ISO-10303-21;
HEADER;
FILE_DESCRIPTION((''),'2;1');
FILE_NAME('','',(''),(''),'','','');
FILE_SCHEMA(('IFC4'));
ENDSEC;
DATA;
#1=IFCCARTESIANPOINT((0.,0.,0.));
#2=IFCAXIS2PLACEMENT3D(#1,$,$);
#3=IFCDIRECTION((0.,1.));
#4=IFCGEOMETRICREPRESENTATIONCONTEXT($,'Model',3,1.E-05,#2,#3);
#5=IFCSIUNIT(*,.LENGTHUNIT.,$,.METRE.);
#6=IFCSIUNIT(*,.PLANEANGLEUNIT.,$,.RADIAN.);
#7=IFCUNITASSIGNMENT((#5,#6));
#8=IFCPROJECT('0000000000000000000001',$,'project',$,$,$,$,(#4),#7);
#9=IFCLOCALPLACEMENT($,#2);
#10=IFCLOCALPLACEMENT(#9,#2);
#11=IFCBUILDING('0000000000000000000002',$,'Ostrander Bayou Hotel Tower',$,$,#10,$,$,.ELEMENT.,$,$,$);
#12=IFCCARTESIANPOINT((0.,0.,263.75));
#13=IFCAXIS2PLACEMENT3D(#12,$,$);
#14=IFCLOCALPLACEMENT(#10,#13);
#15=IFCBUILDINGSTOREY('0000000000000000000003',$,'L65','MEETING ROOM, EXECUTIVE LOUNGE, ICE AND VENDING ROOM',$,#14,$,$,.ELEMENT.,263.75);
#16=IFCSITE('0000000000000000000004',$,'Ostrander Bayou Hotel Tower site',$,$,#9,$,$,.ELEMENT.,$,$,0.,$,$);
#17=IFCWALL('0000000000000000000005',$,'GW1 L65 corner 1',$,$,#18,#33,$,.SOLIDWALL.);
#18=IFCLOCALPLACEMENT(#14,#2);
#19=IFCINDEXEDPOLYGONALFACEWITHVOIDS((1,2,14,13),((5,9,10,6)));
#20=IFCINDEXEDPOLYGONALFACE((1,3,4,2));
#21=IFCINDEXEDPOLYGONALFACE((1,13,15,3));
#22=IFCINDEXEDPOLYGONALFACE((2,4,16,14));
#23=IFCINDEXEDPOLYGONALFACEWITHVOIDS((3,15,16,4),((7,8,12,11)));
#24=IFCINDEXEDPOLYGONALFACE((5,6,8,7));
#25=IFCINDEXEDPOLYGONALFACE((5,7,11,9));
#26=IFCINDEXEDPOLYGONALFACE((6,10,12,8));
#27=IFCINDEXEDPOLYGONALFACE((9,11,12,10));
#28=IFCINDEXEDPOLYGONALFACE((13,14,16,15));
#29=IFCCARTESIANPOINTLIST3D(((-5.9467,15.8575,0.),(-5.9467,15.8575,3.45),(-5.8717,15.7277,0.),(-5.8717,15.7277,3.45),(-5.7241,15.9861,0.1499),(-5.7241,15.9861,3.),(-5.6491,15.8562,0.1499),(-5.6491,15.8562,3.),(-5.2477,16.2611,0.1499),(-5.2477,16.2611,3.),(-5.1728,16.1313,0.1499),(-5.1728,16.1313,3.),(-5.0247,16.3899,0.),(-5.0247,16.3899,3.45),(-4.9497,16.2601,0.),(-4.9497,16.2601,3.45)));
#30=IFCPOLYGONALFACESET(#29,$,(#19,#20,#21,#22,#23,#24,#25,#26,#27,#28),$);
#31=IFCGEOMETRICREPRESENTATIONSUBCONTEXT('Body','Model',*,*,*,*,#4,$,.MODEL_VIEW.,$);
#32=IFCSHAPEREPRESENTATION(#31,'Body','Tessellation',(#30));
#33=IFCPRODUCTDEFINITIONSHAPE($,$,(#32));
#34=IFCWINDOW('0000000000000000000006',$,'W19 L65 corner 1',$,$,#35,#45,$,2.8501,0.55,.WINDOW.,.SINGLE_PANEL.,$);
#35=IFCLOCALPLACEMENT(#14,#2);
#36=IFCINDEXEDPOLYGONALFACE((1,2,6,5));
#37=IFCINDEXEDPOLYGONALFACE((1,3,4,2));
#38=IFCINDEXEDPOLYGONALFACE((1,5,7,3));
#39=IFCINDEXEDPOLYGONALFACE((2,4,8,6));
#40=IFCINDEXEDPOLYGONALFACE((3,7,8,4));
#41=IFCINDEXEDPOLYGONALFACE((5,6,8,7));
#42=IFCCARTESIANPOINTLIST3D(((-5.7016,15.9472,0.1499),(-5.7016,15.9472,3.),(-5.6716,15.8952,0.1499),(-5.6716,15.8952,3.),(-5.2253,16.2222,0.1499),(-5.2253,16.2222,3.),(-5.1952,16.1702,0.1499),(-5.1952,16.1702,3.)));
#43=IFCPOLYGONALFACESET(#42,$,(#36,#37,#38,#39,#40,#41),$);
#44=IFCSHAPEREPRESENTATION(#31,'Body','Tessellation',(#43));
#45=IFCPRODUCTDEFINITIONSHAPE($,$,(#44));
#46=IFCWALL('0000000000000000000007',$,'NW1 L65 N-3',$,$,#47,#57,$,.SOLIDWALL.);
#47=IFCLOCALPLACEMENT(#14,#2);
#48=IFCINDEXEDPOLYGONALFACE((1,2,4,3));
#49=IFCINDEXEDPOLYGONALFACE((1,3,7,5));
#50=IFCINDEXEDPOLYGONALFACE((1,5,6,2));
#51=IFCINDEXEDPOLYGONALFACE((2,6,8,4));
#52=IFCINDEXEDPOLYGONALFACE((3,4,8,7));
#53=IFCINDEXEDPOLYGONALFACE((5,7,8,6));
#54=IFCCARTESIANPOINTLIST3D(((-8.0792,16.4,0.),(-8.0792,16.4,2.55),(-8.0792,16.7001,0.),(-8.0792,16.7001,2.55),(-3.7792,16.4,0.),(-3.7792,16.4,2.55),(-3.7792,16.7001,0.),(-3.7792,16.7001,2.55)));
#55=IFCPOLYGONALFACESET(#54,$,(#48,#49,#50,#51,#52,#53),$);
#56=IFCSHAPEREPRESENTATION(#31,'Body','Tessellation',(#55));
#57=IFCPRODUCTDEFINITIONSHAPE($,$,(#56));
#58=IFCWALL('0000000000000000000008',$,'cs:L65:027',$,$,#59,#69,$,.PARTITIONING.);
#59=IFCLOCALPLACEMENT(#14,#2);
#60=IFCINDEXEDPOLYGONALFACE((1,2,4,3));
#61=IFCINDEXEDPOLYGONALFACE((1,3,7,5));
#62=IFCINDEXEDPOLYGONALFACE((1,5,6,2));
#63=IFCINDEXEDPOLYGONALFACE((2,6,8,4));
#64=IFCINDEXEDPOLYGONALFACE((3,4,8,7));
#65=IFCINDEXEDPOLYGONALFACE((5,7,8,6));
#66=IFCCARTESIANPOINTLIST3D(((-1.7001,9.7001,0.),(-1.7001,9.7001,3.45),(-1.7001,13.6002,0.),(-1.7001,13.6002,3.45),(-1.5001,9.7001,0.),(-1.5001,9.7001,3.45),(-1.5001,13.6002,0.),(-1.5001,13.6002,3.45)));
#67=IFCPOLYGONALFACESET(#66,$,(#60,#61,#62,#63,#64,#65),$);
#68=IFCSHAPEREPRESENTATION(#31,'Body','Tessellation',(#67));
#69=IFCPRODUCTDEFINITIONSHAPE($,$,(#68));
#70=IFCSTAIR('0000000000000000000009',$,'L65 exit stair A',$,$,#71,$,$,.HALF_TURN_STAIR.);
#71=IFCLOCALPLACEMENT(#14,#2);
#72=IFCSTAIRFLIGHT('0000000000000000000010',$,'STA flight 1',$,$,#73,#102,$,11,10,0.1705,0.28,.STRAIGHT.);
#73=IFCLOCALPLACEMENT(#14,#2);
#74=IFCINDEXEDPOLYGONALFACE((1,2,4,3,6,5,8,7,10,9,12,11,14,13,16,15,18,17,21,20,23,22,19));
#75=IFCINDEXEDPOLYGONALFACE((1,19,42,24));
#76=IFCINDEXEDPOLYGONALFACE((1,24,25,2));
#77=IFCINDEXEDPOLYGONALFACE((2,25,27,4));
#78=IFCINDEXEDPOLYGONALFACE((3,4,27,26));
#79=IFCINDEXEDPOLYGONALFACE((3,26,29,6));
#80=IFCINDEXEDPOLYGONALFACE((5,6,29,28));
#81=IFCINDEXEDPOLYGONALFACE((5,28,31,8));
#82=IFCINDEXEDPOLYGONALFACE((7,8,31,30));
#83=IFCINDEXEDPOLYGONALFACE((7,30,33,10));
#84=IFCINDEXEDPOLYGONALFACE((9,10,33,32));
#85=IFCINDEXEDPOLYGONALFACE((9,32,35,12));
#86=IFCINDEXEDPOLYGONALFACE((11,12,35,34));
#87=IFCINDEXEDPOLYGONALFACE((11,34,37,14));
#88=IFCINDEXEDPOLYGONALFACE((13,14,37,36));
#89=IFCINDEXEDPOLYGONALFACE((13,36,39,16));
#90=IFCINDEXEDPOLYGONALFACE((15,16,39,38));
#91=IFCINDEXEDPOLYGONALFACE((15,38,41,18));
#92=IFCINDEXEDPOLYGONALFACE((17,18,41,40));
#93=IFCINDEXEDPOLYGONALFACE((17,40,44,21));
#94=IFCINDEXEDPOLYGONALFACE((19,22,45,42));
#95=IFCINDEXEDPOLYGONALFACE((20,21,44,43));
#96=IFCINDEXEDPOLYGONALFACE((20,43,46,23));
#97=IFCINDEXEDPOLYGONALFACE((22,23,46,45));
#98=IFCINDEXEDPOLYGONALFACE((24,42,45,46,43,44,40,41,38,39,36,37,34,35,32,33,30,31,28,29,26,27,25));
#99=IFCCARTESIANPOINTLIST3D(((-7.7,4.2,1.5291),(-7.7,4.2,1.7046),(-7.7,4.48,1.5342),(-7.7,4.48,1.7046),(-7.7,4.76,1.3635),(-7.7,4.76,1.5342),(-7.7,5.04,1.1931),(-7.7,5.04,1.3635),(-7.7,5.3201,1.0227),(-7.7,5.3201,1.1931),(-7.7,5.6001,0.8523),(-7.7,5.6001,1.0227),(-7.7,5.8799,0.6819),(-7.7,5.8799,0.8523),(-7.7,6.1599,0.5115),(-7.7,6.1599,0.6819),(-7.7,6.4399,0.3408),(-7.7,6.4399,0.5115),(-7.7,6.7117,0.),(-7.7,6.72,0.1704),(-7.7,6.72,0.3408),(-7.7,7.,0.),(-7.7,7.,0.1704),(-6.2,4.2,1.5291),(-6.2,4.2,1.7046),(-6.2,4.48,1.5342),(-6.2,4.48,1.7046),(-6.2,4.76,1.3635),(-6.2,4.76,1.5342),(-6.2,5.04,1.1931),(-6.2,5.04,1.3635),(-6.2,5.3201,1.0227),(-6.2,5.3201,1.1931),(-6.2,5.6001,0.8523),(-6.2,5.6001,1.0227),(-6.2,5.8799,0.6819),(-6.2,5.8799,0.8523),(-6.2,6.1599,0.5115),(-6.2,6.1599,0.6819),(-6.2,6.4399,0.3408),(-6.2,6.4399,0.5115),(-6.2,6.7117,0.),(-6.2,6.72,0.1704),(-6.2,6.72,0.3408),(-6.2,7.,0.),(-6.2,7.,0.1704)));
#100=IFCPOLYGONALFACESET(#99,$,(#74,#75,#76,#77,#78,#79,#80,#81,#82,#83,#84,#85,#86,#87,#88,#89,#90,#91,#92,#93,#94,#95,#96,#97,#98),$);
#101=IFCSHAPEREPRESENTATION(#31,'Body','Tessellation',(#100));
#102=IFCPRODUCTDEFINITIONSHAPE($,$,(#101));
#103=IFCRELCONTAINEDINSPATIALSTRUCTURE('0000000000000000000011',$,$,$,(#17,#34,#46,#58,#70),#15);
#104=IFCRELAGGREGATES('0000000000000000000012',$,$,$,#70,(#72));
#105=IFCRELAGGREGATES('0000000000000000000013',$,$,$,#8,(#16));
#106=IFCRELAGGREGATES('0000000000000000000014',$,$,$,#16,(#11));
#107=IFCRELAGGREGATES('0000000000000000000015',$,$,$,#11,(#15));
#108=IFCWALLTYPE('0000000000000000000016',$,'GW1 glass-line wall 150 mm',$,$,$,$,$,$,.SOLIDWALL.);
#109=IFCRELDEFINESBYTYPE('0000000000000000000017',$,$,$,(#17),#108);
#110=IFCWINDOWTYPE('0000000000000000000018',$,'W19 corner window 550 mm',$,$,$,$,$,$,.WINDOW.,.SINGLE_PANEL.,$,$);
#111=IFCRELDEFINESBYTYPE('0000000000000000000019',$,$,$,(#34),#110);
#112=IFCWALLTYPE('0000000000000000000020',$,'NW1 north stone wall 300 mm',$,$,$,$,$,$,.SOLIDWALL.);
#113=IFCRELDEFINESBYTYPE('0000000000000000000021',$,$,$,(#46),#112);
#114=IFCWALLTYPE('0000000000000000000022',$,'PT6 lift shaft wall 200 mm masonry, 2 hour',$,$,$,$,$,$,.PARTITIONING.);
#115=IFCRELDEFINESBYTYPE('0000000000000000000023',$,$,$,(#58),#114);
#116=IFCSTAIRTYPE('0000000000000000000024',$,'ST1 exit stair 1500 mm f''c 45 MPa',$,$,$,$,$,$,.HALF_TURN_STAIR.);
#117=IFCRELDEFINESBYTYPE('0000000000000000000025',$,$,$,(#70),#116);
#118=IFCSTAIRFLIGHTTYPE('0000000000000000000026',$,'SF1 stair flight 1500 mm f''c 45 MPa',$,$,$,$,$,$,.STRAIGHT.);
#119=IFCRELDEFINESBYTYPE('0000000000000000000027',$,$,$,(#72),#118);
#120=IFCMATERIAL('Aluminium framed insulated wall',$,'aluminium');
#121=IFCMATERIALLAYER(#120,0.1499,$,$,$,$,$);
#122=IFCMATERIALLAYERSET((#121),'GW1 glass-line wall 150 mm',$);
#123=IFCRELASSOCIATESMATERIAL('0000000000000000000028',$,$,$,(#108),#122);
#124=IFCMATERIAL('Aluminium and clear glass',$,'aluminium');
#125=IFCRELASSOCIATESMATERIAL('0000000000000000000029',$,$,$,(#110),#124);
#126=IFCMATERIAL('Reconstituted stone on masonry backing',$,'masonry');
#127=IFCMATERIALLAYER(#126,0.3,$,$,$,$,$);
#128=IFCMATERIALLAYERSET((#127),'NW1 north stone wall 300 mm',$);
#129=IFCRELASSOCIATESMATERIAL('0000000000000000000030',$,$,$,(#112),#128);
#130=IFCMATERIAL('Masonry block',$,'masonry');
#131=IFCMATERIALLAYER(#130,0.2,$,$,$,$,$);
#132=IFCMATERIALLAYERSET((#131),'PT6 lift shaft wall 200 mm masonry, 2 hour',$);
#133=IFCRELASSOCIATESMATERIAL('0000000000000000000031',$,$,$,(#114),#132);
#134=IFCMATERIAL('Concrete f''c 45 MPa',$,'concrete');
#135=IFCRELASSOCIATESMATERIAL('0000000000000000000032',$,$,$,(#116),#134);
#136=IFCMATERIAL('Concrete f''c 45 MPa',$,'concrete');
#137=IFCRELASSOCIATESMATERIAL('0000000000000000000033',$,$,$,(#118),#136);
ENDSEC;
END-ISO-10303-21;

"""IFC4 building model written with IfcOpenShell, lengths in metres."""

from ifc_helpers import new_model, si_unit, direction, frame, frame_2d, origin, place, context, subcontext, project, spatial, polyline, rectangle, outline, extrude, material, layer, layer_set, type_object, element, fill, aggregate, save


model = new_model("IFC4")

# Units and contexts
model_context = context("Model", 3, precision=1e-05, world=origin(), true_north=direction((0.0, 1.0)))
body_context = subcontext(model_context, "Body", "Model", "MODEL_VIEW")
ifc_project = project(units=[si_unit("LENGTHUNIT", "METRE"), si_unit("PLANEANGLEUNIT", "RADIAN")], contexts=[model_context])

# Site, building, storey
site_placement = place(None, origin())
site = spatial("IfcSite", under=ifc_project, at=site_placement, Name="Ostrander Bayou Hotel Tower site", CompositionType="ELEMENT", RefElevation=0.0)
building_placement = place(site_placement, origin())
building = spatial("IfcBuilding", under=site, at=building_placement, Name="Ostrander Bayou Hotel Tower", CompositionType="ELEMENT")
storey_placement = place(building_placement, frame((0.0, 0.0, 263.75)))
storey = spatial("IfcBuildingStorey", under=building, at=storey_placement, Name="L65", Description="MEETING ROOM, EXECUTIVE LOUNGE, ICE AND VENDING ROOM", CompositionType="ELEMENT", Elevation=263.75)

# Shared definitions
ifc_material_1 = material(Name="Aluminium framed insulated wall", Category="aluminium")
ifc_layer_1 = layer(ifc_material_1, 0.1499)
ifc_layer_set_1 = layer_set([ifc_layer_1], Name="GW1 glass-line wall 150 mm")
wall_type_1 = type_object("IfcWallType", Name="GW1 glass-line wall 150 mm", PredefinedType="SOLIDWALL", material=ifc_layer_set_1)

# Wall, opening, window
wall_1_placement = place(storey_placement, frame((-4.9873, 16.325, 0.0), z_axis=(0.0, 0.0, 1.0), x_axis=(-0.865991, -0.50006, 0.0)))
wall_1 = element("IfcWall", 1, at=wall_1_placement, inside=storey, type_object=wall_type_1, Name="GW1 L65 corner 1", PredefinedType="SOLIDWALL", context=body_context, shape_type="SweptSolid", body=[
    extrude(rectangle(XDim=1.0647, YDim=0.1499, at=frame_2d((0.5322, 0.0))), origin(), (0.0, 0.0, 1.0), 3.45),
])
opening_1_placement = place(wall_1_placement, frame((0.2576, 0.0, 0.1499)))
opening_1 = element("IfcOpeningElement", 2, at=opening_1_placement, cuts=wall_1, PredefinedType="OPENING", context=body_context, shape_type="SweptSolid", body=[
    extrude(rectangle(XDim=0.55, YDim=2.8501, at=frame_2d((0.2749, 1.425))), frame((0.0, 0.075, 0.0), z_axis=(0.0, -1.0, 0.0), x_axis=(1.0, 0.0, 0.0)), (0.0, 0.0, 1.0), 0.1499),
])
ifc_material_2 = material(Name="Aluminium and clear glass", Category="aluminium")
window_type_1 = type_object("IfcWindowType", Name="W19 corner window 550 mm", PartitioningType="SINGLE_PANEL", PredefinedType="WINDOW", material=ifc_material_2)
window_1_placement = place(opening_1_placement, origin())
window_1 = element("IfcWindow", 3, at=window_1_placement, inside=storey, type_object=window_type_1, Name="W19 L65 corner 1", OverallHeight=2.8501, OverallWidth=0.55, PartitioningType="SINGLE_PANEL", PredefinedType="WINDOW", context=body_context, shape_type="SweptSolid", body=[
    extrude(rectangle(XDim=0.55, YDim=2.8501, at=frame_2d((0.2749, 1.425))), frame((0.0, 0.03, 0.0), z_axis=(0.0, -1.0, 0.0), x_axis=(1.0, 0.0, 0.0)), (0.0, 0.0, 1.0), 0.0601),
])
fill(opening_1, window_1)

# Wall
ifc_material_3 = material(Name="Reconstituted stone on masonry backing", Category="masonry")
ifc_layer_2 = layer(ifc_material_3, 0.3)
ifc_layer_set_2 = layer_set([ifc_layer_2], Name="NW1 north stone wall 300 mm")
wall_type_2 = type_object("IfcWallType", Name="NW1 north stone wall 300 mm", PredefinedType="SOLIDWALL", material=ifc_layer_set_2)
wall_2_placement = place(storey_placement, frame((-3.7793, 16.55, 0.0), z_axis=(0.0, 0.0, 1.0), x_axis=(-1.0, 0.0, 0.0)))
element("IfcWall", 4, at=wall_2_placement, inside=storey, type_object=wall_type_2, Name="NW1 L65 N-3", PredefinedType="SOLIDWALL", context=body_context, shape_type="SweptSolid", body=[
    extrude(rectangle(XDim=4.3, YDim=0.3, at=frame_2d((2.1499, 0.0))), origin(), (0.0, 0.0, 1.0), 2.55),
])

# Wall
ifc_material_4 = material(Name="Masonry block", Category="masonry")
ifc_layer_3 = layer(ifc_material_4, 0.2)
ifc_layer_set_3 = layer_set([ifc_layer_3], Name="PT6 lift shaft wall 200 mm masonry, 2 hour")
wall_type_3 = type_object("IfcWallType", Name="PT6 lift shaft wall 200 mm masonry, 2 hour", PredefinedType="PARTITIONING", material=ifc_layer_set_3)
wall_3_placement = place(storey_placement, frame((-1.6001, 9.7, 0.0), z_axis=(0.0, 0.0, 1.0), x_axis=(0.0, 1.0, 0.0)))
element("IfcWall", 5, at=wall_3_placement, inside=storey, type_object=wall_type_3, Name="cs:L65:027", PredefinedType="PARTITIONING", context=body_context, shape_type="SweptSolid", body=[
    extrude(rectangle(XDim=3.9001, YDim=0.2, at=frame_2d((1.9502, 0.0))), origin(), (0.0, 0.0, 1.0), 3.45),
])

# Stair, stair flight
ifc_material_5 = material(Name="Concrete f'c 45 MPa", Category="concrete")
stair_type = type_object("IfcStairType", Name="ST1 exit stair 1500 mm f'c 45 MPa", PredefinedType="HALF_TURN_STAIR", material=ifc_material_5)
stair_placement = place(storey_placement, origin())
stair = element("IfcStair", 6, at=stair_placement, inside=storey, type_object=stair_type, Name="L65 exit stair A", PredefinedType="HALF_TURN_STAIR")
ifc_material_6 = material(Name="Concrete f'c 45 MPa", Category="concrete")
stair_flight_type = type_object("IfcStairFlightType", Name="SF1 stair flight 1500 mm f'c 45 MPa", PredefinedType="STRAIGHT", material=ifc_material_6)
stair_flight_placement = place(storey_placement, frame((-6.95, 7.0, 0.0), z_axis=(0.0, 0.0, 1.0), x_axis=(0.0, -1.0, 0.0)))
stair_flight = element("IfcStairFlight", 7, at=stair_flight_placement, type_object=stair_flight_type, Name="STA flight 1", NumberOfRisers=11, NumberOfTreads=10, PredefinedType="STRAIGHT", RiserHeight=0.1705, TreadLength=0.28, context=body_context, shape_type="SweptSolid", body=[
    extrude(outline(polyline([(0.0, 0.0), (0.0, 0.1704), (0.28, 0.1704), (0.28, 0.3408), (0.5601, 0.3408), (0.5601, 0.5115), (0.8401, 0.5115), (0.8401, 0.6819), (1.1201, 0.6819), (1.1201, 0.8523), (1.3999, 0.8523), (1.3999, 1.0227), (1.6799, 1.0227), (1.6799, 1.1931), (1.96, 1.1931), (1.96, 1.3635), (2.24, 1.3635), (2.24, 1.5342), (2.52, 1.5342), (2.52, 1.7046), (2.8, 1.7046), (2.8, 1.875), (2.8, 1.5291), (0.2883, 0.0), (0.0, 0.0)])), frame((0.0, 0.75, 0.0), z_axis=(0.0, -1.0, 0.0), x_axis=(1.0, 0.0, 0.0)), (0.0, 0.0, 1.0), 1.5),
])
aggregate(stair, [stair_flight])

save(model, "model.ifc")
